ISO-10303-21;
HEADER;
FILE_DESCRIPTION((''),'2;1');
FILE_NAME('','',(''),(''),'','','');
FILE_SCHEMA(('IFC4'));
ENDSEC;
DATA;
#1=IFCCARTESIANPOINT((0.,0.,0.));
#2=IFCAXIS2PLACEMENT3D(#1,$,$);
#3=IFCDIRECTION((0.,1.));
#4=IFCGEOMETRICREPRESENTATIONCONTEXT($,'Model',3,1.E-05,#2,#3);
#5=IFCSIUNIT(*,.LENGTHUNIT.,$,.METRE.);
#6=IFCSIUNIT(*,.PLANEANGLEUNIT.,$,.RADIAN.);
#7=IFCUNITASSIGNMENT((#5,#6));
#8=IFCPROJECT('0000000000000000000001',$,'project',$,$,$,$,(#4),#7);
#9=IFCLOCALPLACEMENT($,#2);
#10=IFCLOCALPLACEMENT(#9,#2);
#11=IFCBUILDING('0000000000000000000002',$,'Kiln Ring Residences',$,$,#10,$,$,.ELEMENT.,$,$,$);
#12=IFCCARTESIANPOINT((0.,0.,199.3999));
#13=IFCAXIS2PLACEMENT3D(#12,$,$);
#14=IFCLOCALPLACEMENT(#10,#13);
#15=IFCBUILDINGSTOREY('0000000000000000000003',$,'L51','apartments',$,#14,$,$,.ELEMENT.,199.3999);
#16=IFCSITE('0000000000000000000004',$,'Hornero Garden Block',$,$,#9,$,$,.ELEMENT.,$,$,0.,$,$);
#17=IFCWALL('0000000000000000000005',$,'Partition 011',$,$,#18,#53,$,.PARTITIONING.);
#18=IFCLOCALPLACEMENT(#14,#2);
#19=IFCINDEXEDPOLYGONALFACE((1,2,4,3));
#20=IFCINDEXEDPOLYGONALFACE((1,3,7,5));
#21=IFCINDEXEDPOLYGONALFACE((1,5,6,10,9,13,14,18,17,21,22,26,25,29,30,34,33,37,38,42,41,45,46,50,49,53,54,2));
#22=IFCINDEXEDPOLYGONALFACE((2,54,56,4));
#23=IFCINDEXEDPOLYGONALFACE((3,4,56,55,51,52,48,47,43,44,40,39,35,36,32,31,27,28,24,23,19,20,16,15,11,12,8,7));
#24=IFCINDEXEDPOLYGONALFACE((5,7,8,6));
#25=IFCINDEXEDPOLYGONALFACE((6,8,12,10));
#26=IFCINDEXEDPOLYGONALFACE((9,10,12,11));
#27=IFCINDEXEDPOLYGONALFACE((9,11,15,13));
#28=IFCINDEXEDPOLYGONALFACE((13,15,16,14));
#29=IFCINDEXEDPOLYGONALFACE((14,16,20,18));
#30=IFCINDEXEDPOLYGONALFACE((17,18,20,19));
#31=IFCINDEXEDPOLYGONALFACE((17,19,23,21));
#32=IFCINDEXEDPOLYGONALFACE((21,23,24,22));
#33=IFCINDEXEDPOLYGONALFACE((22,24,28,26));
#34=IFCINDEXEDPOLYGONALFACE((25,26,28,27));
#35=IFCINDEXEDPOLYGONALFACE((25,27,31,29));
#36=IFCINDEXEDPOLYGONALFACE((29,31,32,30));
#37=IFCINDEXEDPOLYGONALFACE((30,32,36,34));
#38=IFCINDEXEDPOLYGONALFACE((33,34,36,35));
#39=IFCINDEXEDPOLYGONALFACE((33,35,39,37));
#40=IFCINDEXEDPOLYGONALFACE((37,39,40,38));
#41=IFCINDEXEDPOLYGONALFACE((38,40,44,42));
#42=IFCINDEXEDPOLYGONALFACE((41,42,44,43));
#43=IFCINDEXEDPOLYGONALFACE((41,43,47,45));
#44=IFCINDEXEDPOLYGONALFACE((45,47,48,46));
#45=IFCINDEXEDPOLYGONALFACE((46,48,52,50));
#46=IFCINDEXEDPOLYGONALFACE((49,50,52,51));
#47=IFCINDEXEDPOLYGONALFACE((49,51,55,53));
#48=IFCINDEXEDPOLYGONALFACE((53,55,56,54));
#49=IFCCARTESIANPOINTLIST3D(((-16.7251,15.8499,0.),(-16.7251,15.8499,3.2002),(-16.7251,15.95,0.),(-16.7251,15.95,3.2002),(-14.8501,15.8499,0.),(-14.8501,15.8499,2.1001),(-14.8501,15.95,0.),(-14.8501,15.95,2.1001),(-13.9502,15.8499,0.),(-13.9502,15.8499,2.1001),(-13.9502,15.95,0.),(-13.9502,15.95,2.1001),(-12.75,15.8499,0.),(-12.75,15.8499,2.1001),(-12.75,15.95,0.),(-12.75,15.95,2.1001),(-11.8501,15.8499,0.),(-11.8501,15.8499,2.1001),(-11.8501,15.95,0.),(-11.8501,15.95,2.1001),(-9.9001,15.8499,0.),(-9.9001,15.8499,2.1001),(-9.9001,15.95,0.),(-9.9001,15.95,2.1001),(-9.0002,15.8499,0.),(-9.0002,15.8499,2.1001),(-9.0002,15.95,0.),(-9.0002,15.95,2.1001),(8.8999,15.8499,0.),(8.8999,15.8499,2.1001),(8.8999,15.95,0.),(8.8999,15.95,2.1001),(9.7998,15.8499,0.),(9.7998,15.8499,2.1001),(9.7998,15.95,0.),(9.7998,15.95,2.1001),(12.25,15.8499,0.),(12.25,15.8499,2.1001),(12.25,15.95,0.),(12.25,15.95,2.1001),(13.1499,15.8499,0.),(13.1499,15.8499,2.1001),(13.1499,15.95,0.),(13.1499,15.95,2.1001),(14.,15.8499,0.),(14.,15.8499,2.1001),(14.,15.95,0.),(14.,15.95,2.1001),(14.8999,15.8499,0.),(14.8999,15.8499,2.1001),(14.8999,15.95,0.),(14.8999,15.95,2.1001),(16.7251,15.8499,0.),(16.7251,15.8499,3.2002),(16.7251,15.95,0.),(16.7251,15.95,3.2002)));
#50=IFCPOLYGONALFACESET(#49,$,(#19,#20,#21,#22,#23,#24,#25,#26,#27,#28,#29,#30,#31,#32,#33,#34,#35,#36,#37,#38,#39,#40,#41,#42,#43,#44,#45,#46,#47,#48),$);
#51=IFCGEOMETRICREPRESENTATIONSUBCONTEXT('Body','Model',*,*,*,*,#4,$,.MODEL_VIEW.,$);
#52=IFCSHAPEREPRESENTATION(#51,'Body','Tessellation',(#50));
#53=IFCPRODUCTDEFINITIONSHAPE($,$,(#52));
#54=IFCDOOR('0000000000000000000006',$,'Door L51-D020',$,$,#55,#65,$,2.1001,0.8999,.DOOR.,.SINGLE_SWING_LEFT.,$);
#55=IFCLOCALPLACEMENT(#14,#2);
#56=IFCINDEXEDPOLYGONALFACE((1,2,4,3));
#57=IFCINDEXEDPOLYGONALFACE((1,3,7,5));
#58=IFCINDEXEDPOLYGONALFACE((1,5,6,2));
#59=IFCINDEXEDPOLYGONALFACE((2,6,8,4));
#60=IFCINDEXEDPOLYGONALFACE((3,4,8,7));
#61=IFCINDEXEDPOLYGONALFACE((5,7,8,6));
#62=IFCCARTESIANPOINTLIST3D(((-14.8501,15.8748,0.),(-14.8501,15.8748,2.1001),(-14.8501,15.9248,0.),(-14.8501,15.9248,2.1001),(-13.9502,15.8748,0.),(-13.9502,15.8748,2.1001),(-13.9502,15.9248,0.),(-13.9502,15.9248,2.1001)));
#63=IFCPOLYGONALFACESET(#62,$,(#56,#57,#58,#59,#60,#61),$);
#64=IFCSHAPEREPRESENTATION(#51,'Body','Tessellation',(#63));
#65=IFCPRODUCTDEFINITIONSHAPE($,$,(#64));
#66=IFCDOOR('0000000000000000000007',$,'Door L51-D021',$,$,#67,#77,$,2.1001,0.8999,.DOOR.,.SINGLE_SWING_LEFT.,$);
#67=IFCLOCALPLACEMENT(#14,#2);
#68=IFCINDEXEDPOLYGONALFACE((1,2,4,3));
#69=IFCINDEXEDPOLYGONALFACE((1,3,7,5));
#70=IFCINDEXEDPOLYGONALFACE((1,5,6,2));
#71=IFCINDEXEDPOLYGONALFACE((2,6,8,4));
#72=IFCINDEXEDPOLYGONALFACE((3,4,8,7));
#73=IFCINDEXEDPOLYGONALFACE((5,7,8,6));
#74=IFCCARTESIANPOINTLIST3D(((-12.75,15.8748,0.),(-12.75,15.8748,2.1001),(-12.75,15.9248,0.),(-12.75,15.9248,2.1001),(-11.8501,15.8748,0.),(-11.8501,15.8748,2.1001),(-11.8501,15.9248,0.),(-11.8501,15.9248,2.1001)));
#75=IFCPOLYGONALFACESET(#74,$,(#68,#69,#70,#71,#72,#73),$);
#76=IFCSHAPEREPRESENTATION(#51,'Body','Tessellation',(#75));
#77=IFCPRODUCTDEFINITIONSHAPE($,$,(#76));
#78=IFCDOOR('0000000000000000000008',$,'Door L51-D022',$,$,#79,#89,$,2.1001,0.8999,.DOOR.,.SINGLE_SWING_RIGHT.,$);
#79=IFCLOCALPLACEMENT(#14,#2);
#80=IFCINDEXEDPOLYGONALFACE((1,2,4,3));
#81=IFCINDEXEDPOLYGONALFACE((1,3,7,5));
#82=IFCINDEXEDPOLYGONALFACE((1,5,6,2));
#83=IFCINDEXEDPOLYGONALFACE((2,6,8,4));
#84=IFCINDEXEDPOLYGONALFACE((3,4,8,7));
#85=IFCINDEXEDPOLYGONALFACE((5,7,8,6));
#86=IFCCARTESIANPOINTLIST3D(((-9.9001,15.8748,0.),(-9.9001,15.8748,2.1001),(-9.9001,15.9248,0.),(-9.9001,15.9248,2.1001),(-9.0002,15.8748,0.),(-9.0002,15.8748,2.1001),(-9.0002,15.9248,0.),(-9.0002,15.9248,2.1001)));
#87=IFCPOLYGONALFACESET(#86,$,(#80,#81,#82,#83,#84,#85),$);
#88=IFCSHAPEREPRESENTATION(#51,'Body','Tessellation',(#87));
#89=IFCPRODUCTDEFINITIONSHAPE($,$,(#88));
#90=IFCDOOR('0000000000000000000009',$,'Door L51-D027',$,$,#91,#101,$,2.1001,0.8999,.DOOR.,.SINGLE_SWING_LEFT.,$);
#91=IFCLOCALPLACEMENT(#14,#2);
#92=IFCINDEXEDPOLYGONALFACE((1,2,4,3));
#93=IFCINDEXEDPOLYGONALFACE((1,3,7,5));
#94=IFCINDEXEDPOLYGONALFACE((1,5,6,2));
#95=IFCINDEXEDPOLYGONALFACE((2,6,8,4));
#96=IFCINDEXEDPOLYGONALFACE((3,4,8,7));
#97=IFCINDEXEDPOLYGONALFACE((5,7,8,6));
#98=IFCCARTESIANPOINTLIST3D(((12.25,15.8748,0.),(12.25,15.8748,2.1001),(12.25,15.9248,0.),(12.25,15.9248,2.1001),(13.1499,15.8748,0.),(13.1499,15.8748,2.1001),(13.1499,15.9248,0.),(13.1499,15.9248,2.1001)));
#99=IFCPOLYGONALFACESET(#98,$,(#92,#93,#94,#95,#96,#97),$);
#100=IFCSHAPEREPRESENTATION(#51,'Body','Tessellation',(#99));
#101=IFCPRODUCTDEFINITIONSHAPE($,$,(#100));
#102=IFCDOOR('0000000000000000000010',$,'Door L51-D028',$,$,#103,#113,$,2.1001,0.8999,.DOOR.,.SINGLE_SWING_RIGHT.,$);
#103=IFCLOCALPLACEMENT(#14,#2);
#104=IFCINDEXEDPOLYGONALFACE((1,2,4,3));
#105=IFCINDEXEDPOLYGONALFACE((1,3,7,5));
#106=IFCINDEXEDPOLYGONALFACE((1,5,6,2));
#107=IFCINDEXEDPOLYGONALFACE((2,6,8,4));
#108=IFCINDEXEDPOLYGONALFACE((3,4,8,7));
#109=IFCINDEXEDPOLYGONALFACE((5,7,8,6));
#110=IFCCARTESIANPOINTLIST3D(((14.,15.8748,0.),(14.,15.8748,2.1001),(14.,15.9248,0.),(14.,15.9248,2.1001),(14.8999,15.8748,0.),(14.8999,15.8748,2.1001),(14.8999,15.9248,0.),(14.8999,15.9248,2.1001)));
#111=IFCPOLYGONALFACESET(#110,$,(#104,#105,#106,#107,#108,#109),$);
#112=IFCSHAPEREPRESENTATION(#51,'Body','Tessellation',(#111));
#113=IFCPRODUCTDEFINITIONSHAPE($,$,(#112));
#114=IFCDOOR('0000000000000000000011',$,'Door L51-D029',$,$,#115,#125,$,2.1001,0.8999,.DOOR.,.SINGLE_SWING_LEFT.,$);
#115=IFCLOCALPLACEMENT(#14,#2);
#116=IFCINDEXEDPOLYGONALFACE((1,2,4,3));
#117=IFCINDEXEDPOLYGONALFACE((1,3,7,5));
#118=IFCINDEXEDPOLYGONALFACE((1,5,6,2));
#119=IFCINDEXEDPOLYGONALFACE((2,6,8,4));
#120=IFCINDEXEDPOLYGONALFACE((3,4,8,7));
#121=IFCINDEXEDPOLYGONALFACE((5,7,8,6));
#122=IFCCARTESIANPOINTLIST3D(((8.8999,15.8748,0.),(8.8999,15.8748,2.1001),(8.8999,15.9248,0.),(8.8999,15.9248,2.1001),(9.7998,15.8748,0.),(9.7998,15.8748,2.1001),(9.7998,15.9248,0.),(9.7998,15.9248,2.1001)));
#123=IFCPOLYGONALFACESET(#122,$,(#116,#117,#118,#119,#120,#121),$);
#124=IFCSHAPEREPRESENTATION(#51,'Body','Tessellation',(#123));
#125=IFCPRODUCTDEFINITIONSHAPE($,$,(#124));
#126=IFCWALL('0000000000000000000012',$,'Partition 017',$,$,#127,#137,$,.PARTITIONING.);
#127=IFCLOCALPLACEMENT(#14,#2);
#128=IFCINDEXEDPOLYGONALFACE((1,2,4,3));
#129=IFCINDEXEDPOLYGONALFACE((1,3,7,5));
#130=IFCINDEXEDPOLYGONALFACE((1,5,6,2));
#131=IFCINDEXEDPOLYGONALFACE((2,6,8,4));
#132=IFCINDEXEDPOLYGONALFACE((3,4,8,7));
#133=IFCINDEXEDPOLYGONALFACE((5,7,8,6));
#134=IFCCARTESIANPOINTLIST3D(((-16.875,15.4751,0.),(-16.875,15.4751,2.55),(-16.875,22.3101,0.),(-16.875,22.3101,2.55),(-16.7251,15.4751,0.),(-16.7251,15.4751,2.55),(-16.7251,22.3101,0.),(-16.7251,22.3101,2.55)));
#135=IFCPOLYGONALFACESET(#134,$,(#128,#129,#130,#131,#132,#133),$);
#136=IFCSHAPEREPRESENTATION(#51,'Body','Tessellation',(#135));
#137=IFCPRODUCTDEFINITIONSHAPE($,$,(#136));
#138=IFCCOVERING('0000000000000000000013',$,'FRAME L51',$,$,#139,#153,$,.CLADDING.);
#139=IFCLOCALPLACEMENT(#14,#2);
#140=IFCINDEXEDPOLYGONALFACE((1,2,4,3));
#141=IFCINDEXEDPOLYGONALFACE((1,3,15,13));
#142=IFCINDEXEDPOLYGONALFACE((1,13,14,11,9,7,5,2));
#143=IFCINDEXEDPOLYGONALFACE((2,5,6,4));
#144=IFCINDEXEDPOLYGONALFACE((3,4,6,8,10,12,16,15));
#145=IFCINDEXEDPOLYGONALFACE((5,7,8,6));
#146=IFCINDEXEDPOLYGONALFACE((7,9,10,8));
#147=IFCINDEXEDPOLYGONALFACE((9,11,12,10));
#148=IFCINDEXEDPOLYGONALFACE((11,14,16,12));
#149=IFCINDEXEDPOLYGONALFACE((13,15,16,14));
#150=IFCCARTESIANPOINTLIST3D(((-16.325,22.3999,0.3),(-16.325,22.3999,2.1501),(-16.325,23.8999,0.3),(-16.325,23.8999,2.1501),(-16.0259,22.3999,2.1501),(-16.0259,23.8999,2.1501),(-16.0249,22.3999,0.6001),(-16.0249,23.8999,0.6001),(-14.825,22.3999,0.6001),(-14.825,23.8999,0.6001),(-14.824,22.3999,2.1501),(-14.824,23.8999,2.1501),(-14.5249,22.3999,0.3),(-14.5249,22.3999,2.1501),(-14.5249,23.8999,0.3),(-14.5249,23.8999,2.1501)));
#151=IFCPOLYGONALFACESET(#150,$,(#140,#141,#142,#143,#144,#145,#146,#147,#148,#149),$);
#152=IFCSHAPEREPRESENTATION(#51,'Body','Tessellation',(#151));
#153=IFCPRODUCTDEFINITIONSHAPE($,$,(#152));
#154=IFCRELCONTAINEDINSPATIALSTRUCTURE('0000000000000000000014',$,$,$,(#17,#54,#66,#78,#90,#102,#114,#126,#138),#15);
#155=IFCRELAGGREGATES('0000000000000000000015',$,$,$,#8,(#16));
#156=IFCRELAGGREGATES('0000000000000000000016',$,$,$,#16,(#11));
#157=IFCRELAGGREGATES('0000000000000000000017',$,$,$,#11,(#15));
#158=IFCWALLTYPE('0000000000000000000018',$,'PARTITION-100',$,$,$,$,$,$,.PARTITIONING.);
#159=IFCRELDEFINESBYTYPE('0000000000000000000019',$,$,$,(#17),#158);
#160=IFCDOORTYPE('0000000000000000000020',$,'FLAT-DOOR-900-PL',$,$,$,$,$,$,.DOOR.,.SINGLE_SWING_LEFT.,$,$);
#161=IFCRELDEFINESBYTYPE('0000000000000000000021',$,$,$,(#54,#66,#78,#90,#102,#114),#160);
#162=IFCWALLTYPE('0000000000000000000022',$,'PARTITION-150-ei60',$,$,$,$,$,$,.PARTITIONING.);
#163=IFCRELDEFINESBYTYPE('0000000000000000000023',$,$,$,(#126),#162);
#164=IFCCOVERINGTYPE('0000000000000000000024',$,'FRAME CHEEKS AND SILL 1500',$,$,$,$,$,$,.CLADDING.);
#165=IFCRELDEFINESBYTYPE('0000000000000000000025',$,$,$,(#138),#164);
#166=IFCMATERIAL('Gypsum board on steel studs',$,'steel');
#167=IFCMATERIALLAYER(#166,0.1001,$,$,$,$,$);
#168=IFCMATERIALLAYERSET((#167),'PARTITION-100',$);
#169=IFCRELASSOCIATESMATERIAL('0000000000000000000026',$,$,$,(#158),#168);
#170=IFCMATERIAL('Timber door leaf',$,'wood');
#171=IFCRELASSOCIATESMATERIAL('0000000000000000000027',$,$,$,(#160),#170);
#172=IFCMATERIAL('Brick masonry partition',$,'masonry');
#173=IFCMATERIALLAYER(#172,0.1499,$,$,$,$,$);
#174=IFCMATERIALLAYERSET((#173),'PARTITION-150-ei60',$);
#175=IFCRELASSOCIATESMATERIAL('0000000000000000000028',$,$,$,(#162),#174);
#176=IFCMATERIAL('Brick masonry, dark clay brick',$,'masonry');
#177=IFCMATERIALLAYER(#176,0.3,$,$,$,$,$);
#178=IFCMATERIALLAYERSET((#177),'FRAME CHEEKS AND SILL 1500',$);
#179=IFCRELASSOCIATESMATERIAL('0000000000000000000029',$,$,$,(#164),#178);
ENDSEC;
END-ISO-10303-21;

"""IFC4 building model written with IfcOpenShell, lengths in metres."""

from ifc_helpers import new_model, si_unit, direction, frame, frame_2d, origin, place, context, subcontext, project, spatial, polyline, rectangle, outline, extrude, material, layer, layer_set, type_object, element, fill, save


model = new_model("IFC4")

# Units and contexts
model_context = context("Model", 3, precision=1e-05, world=origin(), true_north=direction((0.0, 1.0)))
body_context = subcontext(model_context, "Body", "Model", "MODEL_VIEW")
ifc_project = project(units=[si_unit("LENGTHUNIT", "METRE"), si_unit("PLANEANGLEUNIT", "RADIAN")], contexts=[model_context])

# Site, building, storey
site_placement = place(None, origin())
site = spatial("IfcSite", under=ifc_project, at=site_placement, Name="Hornero Garden Block", CompositionType="ELEMENT", RefElevation=0.0)
building_placement = place(site_placement, origin())
building = spatial("IfcBuilding", under=site, at=building_placement, Name="Kiln Ring Residences", CompositionType="ELEMENT")
storey_placement = place(building_placement, frame((0.0, 0.0, 199.3999)))
storey = spatial("IfcBuildingStorey", under=building, at=storey_placement, Name="L51", Description="apartments", CompositionType="ELEMENT", Elevation=199.3999)

# Wall, openings, doors
ifc_material_1 = material(Name="Gypsum board on steel studs", Category="steel")
ifc_layer_1 = layer(ifc_material_1, 0.1001)
ifc_layer_set_1 = layer_set([ifc_layer_1], Name="PARTITION-100")
wall_type_1 = type_object("IfcWallType", Name="PARTITION-100", PredefinedType="PARTITIONING", material=ifc_layer_set_1)
wall_1_placement = place(storey_placement, frame((-16.7251, 15.8999, 0.0), z_axis=(0.0, 0.0, 1.0), x_axis=(1.0, 0.0, 0.0)))
wall_1 = element("IfcWall", 1, at=wall_1_placement, inside=storey, type_object=wall_type_1, Name="Partition 011", PredefinedType="PARTITIONING", context=body_context, shape_type="SweptSolid", body=[
    extrude(rectangle(XDim=33.4502, YDim=0.1001, at=frame_2d((16.7251, 0.0))), origin(), (0.0, 0.0, 1.0), 3.2002),
])
opening_1_placement = place(wall_1_placement, frame((1.875, 0.0, 0.0)))
opening_1 = element("IfcOpeningElement", 2, at=opening_1_placement, cuts=wall_1, PredefinedType="OPENING", context=body_context, shape_type="SweptSolid", body=[
    extrude(rectangle(XDim=0.8999, YDim=2.1001, at=frame_2d((0.45, 1.05))), frame((0.0, 0.0601, 0.0), z_axis=(0.0, -1.0, 0.0), x_axis=(1.0, 0.0, 0.0)), (0.0, 0.0, 1.0), 0.1201),
])
opening_2_placement = place(wall_1_placement, frame((3.9751, 0.0, 0.0)))
opening_2 = element("IfcOpeningElement", 3, at=opening_2_placement, cuts=wall_1, PredefinedType="OPENING", context=body_context, shape_type="SweptSolid", body=[
    extrude(rectangle(XDim=0.8999, YDim=2.1001, at=frame_2d((0.45, 1.05))), frame((0.0, 0.0601, 0.0), z_axis=(0.0, -1.0, 0.0), x_axis=(1.0, 0.0, 0.0)), (0.0, 0.0, 1.0), 0.1201),
])
opening_3_placement = place(wall_1_placement, frame((6.825, 0.0, 0.0)))
opening_3 = element("IfcOpeningElement", 4, at=opening_3_placement, cuts=wall_1, PredefinedType="OPENING", context=body_context, shape_type="SweptSolid", body=[
    extrude(rectangle(XDim=0.8999, YDim=2.1001, at=frame_2d((0.45, 1.05))), frame((0.0, 0.0601, 0.0), z_axis=(0.0, -1.0, 0.0), x_axis=(1.0, 0.0, 0.0)), (0.0, 0.0, 1.0), 0.1201),
])
opening_4_placement = place(wall_1_placement, frame((28.9751, 0.0, 0.0)))
opening_4 = element("IfcOpeningElement", 5, at=opening_4_placement, cuts=wall_1, PredefinedType="OPENING", context=body_context, shape_type="SweptSolid", body=[
    extrude(rectangle(XDim=0.8999, YDim=2.1001, at=frame_2d((0.45, 1.05))), frame((0.0, 0.0601, 0.0), z_axis=(0.0, -1.0, 0.0), x_axis=(1.0, 0.0, 0.0)), (0.0, 0.0, 1.0), 0.1201),
])
opening_5_placement = place(wall_1_placement, frame((30.7251, 0.0, 0.0)))
opening_5 = element("IfcOpeningElement", 6, at=opening_5_placement, cuts=wall_1, PredefinedType="OPENING", context=body_context, shape_type="SweptSolid", body=[
    extrude(rectangle(XDim=0.8999, YDim=2.1001, at=frame_2d((0.45, 1.05))), frame((0.0, 0.0601, 0.0), z_axis=(0.0, -1.0, 0.0), x_axis=(1.0, 0.0, 0.0)), (0.0, 0.0, 1.0), 0.1201),
])
opening_6_placement = place(wall_1_placement, frame((25.625, 0.0, 0.0)))
opening_6 = element("IfcOpeningElement", 7, at=opening_6_placement, cuts=wall_1, PredefinedType="OPENING", context=body_context, shape_type="SweptSolid", body=[
    extrude(rectangle(XDim=0.8999, YDim=2.1001, at=frame_2d((0.45, 1.05))), frame((0.0, 0.0601, 0.0), z_axis=(0.0, -1.0, 0.0), x_axis=(1.0, 0.0, 0.0)), (0.0, 0.0, 1.0), 0.1201),
])
ifc_material_2 = material(Name="Timber door leaf", Category="wood")
door_type = type_object("IfcDoorType", Name="FLAT-DOOR-900-PL", OperationType="SINGLE_SWING_LEFT", PredefinedType="DOOR", material=ifc_material_2)
door_1_placement = place(opening_1_placement, origin())
door_1 = element("IfcDoor", 8, at=door_1_placement, inside=storey, type_object=door_type, Name="Door L51-D020", OperationType="SINGLE_SWING_LEFT", OverallHeight=2.1001, OverallWidth=0.8999, PredefinedType="DOOR", context=body_context, shape_type="SweptSolid", body=[
    extrude(rectangle(XDim=0.8999, YDim=2.1001, at=frame_2d((0.45, 1.05))), frame((0.0, 0.0249, 0.0), z_axis=(0.0, -1.0, 0.0), x_axis=(1.0, 0.0, 0.0)), (0.0, 0.0, 1.0), 0.05),
])
fill(opening_1, door_1)
door_2_placement = place(opening_2_placement, origin())
door_2 = element("IfcDoor", 9, at=door_2_placement, inside=storey, type_object=door_type, Name="Door L51-D021", OperationType="SINGLE_SWING_LEFT", OverallHeight=2.1001, OverallWidth=0.8999, PredefinedType="DOOR", context=body_context, shape_type="SweptSolid", body=[
    extrude(rectangle(XDim=0.8999, YDim=2.1001, at=frame_2d((0.45, 1.05))), frame((0.0, 0.0249, 0.0), z_axis=(0.0, -1.0, 0.0), x_axis=(1.0, 0.0, 0.0)), (0.0, 0.0, 1.0), 0.05),
])
fill(opening_2, door_2)
door_3_placement = place(opening_3_placement, origin())
door_3 = element("IfcDoor", 10, at=door_3_placement, inside=storey, type_object=door_type, Name="Door L51-D022", OperationType="SINGLE_SWING_RIGHT", OverallHeight=2.1001, OverallWidth=0.8999, PredefinedType="DOOR", context=body_context, shape_type="SweptSolid", body=[
    extrude(rectangle(XDim=0.8999, YDim=2.1001, at=frame_2d((0.45, 1.05))), frame((0.0, 0.0249, 0.0), z_axis=(0.0, -1.0, 0.0), x_axis=(1.0, 0.0, 0.0)), (0.0, 0.0, 1.0), 0.05),
])
fill(opening_3, door_3)
door_4_placement = place(opening_4_placement, origin())
door_4 = element("IfcDoor", 11, at=door_4_placement, inside=storey, type_object=door_type, Name="Door L51-D027", OperationType="SINGLE_SWING_LEFT", OverallHeight=2.1001, OverallWidth=0.8999, PredefinedType="DOOR", context=body_context, shape_type="SweptSolid", body=[
    extrude(rectangle(XDim=0.8999, YDim=2.1001, at=frame_2d((0.45, 1.05))), frame((0.0, 0.0249, 0.0), z_axis=(0.0, -1.0, 0.0), x_axis=(1.0, 0.0, 0.0)), (0.0, 0.0, 1.0), 0.05),
])
fill(opening_4, door_4)
door_5_placement = place(opening_5_placement, origin())
door_5 = element("IfcDoor", 12, at=door_5_placement, inside=storey, type_object=door_type, Name="Door L51-D028", OperationType="SINGLE_SWING_RIGHT", OverallHeight=2.1001, OverallWidth=0.8999, PredefinedType="DOOR", context=body_context, shape_type="SweptSolid", body=[
    extrude(rectangle(XDim=0.8999, YDim=2.1001, at=frame_2d((0.45, 1.05))), frame((0.0, 0.0249, 0.0), z_axis=(0.0, -1.0, 0.0), x_axis=(1.0, 0.0, 0.0)), (0.0, 0.0, 1.0), 0.05),
])
fill(opening_5, door_5)
door_6_placement = place(opening_6_placement, origin())
door_6 = element("IfcDoor", 13, at=door_6_placement, inside=storey, type_object=door_type, Name="Door L51-D029", OperationType="SINGLE_SWING_LEFT", OverallHeight=2.1001, OverallWidth=0.8999, PredefinedType="DOOR", context=body_context, shape_type="SweptSolid", body=[
    extrude(rectangle(XDim=0.8999, YDim=2.1001, at=frame_2d((0.45, 1.05))), frame((0.0, 0.0249, 0.0), z_axis=(0.0, -1.0, 0.0), x_axis=(1.0, 0.0, 0.0)), (0.0, 0.0, 1.0), 0.05),
])
fill(opening_6, door_6)

# Wall
ifc_material_3 = material(Name="Brick masonry partition", Category="masonry")
ifc_layer_2 = layer(ifc_material_3, 0.1499)
ifc_layer_set_2 = layer_set([ifc_layer_2], Name="PARTITION-150-ei60")
wall_type_2 = type_object("IfcWallType", Name="PARTITION-150-ei60", PredefinedType="PARTITIONING", material=ifc_layer_set_2)
wall_2_placement = place(storey_placement, frame((-16.8, 15.4751, 0.0), z_axis=(0.0, 0.0, 1.0), x_axis=(0.0, 1.0, 0.0)))
element("IfcWall", 14, at=wall_2_placement, inside=storey, type_object=wall_type_2, Name="Partition 017", PredefinedType="PARTITIONING", context=body_context, shape_type="SweptSolid", body=[
    extrude(rectangle(XDim=6.835, YDim=0.1499, at=frame_2d((3.4175, 0.0))), origin(), (0.0, 0.0, 1.0), 2.55),
])

# Covering
ifc_material_4 = material(Name="Brick masonry, dark clay brick", Category="masonry")
ifc_layer_3 = layer(ifc_material_4, 0.3)
ifc_layer_set_3 = layer_set([ifc_layer_3], Name="FRAME CHEEKS AND SILL 1500")
covering_type_1 = type_object("IfcCoveringType", Name="FRAME CHEEKS AND SILL 1500", PredefinedType="CLADDING", material=ifc_layer_set_3)
covering_1_placement = place(storey_placement, frame((-14.5249, 23.1499, 0.3), z_axis=(0.0, 0.0, 1.0), x_axis=(-1.0, 0.0, 0.0)))
element("IfcCovering", 15, at=covering_1_placement, inside=storey, type_object=covering_type_1, Name="FRAME L51", PredefinedType="CLADDING", context=body_context, shape_type="SweptSolid", body=[
    extrude(outline(polyline([(0.0, 0.0), (1.8, 0.0), (1.8, 1.8501), (1.501, 1.8501), (1.5, 0.3), (0.3, 0.3), (0.2991, 1.8501), (0.0, 1.8501), (0.0, 0.0)])), frame((0.0, 0.75, 0.0), z_axis=(0.0, -1.0, 0.0), x_axis=(1.0, 0.0, 0.0)), (0.0, 0.0, 1.0), 1.5),
])

save(model, "model.ifc")
